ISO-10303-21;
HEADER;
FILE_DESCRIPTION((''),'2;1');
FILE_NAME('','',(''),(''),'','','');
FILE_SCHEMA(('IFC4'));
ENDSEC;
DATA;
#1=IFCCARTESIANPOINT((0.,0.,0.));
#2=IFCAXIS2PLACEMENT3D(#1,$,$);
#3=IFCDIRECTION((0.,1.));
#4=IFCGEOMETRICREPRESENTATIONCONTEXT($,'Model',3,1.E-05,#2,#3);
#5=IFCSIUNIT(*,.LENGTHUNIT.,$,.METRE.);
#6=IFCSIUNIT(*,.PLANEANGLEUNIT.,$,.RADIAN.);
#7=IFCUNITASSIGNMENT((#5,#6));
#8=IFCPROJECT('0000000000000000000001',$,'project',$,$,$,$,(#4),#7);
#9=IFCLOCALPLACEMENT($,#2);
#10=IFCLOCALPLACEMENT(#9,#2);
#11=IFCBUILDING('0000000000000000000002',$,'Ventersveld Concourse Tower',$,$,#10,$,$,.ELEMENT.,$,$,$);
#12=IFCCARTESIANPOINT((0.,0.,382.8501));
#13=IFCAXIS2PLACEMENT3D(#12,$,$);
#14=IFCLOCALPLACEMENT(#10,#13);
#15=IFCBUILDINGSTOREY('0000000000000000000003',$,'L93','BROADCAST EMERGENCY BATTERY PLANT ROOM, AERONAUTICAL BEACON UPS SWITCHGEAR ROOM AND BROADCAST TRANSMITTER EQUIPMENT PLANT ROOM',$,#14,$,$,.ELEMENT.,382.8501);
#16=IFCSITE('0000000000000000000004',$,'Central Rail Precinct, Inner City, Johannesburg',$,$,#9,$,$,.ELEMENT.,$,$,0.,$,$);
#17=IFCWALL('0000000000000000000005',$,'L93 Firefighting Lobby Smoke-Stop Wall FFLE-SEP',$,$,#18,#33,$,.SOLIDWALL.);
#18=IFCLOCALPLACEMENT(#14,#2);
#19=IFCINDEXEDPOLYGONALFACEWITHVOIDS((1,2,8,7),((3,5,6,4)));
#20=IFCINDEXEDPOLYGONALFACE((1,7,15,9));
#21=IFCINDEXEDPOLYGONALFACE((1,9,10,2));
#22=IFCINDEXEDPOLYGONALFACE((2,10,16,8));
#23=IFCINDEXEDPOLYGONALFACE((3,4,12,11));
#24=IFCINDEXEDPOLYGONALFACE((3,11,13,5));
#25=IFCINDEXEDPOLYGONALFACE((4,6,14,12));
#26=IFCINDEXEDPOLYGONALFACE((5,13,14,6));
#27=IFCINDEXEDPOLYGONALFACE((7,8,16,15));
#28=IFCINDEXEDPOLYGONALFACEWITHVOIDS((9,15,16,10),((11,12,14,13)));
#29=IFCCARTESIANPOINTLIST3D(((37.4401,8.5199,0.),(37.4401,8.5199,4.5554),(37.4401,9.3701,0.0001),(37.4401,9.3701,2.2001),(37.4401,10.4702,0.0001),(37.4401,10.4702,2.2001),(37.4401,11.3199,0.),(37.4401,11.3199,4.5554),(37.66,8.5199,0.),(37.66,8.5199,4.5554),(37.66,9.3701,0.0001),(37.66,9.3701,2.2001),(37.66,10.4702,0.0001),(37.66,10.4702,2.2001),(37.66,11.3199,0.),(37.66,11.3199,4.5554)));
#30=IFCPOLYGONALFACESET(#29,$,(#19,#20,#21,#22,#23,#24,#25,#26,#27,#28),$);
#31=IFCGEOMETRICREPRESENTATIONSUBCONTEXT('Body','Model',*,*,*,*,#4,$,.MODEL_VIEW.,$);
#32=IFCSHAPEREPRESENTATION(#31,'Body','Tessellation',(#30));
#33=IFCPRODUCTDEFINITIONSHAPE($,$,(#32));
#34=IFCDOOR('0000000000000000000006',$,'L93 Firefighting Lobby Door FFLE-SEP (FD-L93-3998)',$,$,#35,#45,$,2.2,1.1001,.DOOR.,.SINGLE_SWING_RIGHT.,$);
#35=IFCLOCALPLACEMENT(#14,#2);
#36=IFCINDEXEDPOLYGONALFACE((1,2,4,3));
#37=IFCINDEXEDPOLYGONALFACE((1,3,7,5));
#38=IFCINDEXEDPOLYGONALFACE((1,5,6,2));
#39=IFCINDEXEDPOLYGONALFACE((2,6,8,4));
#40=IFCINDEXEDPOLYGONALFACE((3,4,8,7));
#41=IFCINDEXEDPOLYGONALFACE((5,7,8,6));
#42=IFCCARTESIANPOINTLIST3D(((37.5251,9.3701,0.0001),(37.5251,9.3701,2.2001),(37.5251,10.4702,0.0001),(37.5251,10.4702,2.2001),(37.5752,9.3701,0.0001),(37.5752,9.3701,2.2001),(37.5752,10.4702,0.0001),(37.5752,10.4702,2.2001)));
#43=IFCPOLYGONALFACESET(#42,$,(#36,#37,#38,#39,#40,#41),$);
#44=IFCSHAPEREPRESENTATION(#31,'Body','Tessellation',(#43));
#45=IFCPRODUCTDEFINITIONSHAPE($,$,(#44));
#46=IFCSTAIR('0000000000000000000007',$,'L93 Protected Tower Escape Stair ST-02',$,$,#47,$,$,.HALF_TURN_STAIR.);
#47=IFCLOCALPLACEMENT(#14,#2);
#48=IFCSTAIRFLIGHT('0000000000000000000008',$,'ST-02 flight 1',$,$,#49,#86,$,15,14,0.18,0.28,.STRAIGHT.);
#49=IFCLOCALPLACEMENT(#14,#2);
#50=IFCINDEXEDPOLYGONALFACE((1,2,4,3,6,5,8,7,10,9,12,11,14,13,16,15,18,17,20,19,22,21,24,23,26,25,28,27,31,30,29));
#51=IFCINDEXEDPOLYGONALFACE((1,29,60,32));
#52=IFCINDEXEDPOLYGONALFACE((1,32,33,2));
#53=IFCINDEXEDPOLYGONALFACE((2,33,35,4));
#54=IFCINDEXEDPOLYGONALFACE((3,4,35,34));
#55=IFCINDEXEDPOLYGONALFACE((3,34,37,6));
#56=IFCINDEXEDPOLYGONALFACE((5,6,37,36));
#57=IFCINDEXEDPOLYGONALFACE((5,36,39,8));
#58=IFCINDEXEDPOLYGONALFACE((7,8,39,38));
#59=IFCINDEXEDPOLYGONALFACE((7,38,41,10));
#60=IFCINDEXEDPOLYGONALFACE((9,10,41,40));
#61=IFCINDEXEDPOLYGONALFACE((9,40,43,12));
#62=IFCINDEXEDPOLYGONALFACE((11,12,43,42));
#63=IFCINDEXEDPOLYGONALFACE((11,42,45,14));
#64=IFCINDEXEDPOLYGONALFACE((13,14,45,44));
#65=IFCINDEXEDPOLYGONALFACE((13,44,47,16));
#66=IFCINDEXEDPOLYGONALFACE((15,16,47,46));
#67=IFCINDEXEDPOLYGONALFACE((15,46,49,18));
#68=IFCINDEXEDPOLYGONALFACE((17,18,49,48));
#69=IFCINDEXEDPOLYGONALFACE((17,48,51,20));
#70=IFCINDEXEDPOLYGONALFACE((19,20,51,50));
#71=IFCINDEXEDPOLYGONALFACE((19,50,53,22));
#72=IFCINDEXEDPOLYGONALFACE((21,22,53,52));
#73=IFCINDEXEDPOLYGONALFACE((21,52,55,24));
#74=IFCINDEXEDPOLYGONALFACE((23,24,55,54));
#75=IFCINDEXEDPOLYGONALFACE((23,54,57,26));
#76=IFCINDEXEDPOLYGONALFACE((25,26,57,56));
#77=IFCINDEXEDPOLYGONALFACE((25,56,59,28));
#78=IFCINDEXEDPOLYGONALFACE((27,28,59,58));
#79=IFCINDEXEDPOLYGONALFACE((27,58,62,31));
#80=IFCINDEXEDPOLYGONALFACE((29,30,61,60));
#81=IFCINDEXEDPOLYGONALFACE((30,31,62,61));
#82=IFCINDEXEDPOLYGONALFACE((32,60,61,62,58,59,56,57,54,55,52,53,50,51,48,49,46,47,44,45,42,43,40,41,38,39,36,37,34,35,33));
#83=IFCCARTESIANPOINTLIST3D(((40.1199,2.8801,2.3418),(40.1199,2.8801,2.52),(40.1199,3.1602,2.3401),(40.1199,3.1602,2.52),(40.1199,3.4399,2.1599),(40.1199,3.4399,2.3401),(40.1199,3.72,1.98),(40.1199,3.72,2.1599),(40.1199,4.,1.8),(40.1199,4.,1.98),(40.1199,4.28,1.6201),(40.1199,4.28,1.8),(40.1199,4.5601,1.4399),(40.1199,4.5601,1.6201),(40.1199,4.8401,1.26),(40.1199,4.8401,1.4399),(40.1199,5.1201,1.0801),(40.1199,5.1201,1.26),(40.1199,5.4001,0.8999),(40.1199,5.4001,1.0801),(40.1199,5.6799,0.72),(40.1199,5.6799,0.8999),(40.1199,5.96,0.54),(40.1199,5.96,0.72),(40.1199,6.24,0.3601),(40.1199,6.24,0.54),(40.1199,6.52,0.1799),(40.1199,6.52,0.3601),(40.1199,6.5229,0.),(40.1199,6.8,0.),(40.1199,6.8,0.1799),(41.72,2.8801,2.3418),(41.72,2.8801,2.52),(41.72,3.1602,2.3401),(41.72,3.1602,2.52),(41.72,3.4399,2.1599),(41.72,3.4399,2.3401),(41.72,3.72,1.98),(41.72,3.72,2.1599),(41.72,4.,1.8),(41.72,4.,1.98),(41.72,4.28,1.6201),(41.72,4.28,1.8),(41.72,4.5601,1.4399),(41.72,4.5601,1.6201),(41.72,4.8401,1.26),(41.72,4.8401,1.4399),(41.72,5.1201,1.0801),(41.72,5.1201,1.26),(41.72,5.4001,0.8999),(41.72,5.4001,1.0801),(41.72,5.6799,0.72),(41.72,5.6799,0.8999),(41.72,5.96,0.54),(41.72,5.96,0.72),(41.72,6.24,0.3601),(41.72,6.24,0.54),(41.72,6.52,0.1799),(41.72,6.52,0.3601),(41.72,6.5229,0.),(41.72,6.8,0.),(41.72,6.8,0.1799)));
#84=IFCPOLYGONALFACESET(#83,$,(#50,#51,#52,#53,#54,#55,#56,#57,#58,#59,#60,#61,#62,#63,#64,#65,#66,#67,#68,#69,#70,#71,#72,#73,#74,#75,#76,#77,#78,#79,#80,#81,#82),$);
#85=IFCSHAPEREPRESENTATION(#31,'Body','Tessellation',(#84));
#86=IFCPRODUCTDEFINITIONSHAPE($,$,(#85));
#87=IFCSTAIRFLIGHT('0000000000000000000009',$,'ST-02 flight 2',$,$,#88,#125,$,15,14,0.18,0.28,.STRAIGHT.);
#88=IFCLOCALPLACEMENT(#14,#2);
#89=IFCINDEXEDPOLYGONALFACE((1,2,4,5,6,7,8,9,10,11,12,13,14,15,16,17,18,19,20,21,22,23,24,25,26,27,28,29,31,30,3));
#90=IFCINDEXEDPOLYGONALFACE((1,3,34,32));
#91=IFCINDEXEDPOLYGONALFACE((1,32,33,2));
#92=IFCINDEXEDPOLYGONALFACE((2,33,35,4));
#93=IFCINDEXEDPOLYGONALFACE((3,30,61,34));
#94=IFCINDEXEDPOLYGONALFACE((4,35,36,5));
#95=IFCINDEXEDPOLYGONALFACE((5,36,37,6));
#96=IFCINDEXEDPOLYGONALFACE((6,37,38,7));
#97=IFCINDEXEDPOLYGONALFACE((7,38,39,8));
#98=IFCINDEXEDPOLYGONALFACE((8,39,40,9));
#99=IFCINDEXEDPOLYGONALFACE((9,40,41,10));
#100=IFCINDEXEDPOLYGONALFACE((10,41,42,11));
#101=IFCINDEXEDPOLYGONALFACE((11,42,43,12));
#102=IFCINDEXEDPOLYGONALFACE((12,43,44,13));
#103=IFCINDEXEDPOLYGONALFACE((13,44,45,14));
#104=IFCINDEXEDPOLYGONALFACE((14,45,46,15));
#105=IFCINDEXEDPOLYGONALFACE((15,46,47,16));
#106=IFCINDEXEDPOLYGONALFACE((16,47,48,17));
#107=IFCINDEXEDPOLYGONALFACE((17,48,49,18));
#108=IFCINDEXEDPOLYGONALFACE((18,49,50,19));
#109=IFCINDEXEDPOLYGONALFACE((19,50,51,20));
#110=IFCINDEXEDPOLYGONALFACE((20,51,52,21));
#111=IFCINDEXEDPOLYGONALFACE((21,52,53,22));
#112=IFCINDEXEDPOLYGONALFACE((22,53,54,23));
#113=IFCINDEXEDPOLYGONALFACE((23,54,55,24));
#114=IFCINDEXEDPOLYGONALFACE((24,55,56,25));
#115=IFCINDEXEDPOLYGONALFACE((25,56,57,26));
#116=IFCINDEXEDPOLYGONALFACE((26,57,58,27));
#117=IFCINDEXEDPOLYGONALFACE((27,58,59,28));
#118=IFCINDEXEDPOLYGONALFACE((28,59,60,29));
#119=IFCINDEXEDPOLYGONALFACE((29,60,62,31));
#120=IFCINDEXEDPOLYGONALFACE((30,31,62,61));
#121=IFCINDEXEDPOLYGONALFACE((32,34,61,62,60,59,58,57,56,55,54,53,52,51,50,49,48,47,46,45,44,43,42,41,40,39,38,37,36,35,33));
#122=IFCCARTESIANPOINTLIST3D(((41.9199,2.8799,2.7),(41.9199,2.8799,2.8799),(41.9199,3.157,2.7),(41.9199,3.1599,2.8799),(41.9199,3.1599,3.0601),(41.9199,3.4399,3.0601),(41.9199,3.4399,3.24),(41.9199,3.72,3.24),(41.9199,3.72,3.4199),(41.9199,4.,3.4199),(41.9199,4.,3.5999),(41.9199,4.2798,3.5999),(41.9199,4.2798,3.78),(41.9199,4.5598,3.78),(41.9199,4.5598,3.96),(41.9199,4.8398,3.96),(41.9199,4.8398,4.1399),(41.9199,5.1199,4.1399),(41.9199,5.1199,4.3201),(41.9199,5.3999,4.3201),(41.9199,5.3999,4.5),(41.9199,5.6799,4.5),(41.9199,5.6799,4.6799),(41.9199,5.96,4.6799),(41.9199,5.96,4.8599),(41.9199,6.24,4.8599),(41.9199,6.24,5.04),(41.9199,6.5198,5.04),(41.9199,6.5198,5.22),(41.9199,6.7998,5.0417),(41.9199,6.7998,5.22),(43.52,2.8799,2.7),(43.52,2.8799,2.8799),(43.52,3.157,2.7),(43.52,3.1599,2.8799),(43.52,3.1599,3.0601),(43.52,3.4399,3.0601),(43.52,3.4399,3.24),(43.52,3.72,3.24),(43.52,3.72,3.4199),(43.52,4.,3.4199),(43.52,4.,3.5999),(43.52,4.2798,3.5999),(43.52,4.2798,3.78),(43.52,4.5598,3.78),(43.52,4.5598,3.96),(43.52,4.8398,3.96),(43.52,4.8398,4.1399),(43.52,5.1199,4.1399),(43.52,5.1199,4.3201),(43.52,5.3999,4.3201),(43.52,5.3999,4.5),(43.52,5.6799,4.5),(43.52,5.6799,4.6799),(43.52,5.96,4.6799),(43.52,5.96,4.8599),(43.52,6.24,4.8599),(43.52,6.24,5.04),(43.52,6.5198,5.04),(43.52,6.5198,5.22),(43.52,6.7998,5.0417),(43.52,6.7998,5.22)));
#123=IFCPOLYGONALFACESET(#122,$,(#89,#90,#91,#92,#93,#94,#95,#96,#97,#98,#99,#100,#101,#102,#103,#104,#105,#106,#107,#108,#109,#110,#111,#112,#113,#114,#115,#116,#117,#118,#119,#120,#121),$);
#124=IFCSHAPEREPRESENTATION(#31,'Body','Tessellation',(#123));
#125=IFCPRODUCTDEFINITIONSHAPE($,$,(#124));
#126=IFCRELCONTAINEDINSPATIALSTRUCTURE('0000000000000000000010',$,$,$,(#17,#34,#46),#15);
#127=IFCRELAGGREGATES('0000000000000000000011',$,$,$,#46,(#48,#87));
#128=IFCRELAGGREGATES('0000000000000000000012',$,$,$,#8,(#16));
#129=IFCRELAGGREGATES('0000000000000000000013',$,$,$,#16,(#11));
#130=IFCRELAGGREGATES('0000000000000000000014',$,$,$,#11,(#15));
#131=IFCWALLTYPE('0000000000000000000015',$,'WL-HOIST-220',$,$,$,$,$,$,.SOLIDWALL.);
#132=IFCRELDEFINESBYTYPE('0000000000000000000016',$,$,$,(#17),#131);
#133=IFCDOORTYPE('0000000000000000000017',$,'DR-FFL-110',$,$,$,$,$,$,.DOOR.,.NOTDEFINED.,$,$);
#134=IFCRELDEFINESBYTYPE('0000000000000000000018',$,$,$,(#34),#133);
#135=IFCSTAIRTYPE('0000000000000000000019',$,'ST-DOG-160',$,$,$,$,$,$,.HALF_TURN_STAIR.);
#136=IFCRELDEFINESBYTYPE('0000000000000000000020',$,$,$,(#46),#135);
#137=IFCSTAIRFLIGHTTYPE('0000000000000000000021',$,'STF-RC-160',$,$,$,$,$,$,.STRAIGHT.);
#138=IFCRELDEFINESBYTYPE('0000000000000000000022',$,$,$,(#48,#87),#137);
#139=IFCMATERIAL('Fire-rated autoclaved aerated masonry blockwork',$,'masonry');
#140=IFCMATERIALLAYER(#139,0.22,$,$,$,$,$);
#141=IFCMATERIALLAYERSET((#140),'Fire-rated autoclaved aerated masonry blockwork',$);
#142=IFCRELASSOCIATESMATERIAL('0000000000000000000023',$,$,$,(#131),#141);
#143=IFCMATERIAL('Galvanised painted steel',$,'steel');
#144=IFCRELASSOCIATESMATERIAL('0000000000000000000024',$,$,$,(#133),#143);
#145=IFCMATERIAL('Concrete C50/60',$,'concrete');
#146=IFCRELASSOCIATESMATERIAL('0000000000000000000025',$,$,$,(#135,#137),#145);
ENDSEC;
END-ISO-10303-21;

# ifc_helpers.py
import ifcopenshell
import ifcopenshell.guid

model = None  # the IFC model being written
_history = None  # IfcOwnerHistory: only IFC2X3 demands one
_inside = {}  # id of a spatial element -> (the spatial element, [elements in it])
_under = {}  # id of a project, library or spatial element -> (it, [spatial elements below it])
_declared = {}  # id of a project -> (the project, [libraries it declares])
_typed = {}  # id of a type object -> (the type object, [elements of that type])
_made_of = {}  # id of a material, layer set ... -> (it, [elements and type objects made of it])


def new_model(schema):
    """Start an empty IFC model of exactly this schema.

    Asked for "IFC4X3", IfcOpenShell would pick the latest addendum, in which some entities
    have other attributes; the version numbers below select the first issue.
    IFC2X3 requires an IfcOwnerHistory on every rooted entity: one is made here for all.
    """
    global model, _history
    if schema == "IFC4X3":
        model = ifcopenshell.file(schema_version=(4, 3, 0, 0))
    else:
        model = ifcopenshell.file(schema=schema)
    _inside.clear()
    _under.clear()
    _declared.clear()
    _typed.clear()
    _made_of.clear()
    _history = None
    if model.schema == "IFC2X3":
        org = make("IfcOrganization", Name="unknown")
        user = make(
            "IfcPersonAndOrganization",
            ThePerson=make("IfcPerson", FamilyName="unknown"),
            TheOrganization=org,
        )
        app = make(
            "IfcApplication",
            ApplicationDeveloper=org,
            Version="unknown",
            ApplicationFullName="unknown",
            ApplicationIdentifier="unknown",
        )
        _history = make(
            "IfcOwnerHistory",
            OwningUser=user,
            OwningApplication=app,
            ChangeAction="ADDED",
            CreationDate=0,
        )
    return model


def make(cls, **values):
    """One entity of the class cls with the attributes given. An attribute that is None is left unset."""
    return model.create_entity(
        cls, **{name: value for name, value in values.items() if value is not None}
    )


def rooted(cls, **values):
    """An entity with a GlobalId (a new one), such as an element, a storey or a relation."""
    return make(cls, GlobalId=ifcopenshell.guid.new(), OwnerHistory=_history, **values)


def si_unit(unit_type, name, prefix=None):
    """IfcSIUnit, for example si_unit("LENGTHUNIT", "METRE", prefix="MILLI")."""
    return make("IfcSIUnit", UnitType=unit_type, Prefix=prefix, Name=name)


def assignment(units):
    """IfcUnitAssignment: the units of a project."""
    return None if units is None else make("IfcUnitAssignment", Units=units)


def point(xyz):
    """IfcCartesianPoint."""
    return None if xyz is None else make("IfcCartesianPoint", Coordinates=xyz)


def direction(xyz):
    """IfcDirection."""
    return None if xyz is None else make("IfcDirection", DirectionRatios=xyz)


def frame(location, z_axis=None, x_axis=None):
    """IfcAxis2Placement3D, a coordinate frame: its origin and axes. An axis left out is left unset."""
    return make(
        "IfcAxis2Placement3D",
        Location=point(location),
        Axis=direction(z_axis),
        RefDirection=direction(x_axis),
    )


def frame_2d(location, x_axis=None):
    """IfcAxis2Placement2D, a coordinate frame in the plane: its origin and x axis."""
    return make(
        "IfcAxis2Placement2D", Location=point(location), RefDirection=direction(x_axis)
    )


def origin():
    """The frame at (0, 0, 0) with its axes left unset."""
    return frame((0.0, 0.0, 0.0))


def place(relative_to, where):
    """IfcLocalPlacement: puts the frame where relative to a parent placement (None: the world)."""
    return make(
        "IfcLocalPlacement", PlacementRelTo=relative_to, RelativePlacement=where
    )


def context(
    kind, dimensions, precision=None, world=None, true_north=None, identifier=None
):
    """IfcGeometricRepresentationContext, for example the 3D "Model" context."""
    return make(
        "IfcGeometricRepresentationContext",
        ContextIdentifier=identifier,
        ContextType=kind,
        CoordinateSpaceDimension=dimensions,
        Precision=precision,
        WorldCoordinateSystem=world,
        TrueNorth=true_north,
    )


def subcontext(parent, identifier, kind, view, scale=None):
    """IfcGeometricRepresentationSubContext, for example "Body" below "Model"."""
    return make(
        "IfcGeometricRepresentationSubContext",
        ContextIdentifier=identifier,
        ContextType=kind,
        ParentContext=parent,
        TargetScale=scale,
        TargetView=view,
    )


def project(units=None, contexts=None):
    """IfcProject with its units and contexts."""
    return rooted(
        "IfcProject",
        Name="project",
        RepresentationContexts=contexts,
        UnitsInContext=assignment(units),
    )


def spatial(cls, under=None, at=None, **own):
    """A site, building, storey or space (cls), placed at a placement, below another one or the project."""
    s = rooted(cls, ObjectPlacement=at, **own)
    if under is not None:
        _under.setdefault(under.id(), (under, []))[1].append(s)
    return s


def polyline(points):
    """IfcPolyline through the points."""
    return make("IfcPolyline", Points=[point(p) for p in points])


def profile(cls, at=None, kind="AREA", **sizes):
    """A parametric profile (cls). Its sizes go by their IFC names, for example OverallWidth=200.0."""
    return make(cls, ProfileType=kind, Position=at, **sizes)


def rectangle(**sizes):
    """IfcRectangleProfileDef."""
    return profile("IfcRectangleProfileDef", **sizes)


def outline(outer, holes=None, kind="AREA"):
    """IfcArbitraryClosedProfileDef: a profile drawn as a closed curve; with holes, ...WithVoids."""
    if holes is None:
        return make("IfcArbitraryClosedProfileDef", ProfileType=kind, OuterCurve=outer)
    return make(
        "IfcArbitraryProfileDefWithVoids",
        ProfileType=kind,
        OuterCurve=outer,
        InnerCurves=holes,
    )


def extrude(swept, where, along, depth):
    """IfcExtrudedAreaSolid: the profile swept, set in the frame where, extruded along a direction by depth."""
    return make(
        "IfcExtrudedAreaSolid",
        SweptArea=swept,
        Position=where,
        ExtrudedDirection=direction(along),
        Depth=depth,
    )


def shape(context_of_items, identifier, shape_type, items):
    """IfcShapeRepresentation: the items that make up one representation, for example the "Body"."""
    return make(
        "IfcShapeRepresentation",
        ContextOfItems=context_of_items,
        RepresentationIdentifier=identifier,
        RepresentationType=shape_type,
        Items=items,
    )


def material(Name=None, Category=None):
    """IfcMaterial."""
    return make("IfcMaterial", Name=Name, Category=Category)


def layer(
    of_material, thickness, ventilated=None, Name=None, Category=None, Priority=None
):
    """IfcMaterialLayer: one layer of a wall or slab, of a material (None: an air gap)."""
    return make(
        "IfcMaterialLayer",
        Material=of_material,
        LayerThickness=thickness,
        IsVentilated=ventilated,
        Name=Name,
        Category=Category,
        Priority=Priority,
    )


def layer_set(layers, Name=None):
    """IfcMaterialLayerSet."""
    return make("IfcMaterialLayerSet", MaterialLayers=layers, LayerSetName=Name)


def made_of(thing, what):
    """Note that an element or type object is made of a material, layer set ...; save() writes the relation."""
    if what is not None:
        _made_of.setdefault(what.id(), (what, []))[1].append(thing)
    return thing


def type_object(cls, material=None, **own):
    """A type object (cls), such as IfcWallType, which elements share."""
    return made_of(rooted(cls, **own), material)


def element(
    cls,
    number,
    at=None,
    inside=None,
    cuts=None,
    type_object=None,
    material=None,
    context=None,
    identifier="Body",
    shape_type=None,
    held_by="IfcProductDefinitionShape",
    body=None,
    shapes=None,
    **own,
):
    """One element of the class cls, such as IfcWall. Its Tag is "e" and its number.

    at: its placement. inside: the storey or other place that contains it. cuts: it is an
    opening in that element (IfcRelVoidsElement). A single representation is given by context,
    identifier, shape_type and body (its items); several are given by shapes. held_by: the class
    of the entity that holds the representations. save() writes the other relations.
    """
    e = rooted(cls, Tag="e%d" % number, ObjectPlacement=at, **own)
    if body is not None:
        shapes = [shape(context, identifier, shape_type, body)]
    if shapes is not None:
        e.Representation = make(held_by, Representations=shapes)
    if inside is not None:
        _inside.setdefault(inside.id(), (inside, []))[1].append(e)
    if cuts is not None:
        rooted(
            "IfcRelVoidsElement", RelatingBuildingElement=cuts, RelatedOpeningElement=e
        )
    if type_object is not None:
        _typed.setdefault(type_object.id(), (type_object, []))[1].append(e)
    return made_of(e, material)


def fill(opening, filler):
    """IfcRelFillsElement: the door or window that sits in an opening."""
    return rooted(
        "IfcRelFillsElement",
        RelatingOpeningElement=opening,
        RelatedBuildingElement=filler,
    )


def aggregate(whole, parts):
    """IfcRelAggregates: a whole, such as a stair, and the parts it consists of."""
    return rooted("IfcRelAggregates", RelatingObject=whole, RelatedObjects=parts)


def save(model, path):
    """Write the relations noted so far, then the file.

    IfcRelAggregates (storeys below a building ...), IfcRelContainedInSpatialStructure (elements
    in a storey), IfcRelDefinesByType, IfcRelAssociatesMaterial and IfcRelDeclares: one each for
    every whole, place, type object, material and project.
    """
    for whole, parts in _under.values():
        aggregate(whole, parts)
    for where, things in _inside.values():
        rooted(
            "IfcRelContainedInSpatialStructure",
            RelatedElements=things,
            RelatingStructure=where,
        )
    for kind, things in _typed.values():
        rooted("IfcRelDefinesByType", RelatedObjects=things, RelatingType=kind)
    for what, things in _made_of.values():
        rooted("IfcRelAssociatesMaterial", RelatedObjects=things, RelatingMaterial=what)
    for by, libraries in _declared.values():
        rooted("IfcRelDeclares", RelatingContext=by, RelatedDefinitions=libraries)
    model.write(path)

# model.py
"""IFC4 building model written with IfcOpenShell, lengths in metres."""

from ifc_helpers import new_model, si_unit, direction, frame, frame_2d, origin, place, context, subcontext, project, spatial, polyline, rectangle, outline, extrude, material, layer, layer_set, type_object, element, fill, aggregate, save


model = new_model("IFC4")

# Units and contexts
model_context = context("Model", 3, precision=1e-05, world=origin(), true_north=direction((0.0, 1.0)))
body_context = subcontext(model_context, "Body", "Model", "MODEL_VIEW")
ifc_project = project(units=[si_unit("LENGTHUNIT", "METRE"), si_unit("PLANEANGLEUNIT", "RADIAN")], contexts=[model_context])

# Site, building, storey
site_placement = place(None, origin())
site = spatial("IfcSite", under=ifc_project, at=site_placement, Name="Central Rail Precinct, Inner City, Johannesburg", CompositionType="ELEMENT", RefElevation=0.0)
building_placement = place(site_placement, origin())
building = spatial("IfcBuilding", under=site, at=building_placement, Name="Ventersveld Concourse Tower", CompositionType="ELEMENT")
storey_placement = place(building_placement, frame((0.0, 0.0, 382.8501)))
storey = spatial("IfcBuildingStorey", under=building, at=storey_placement, Name="L93", Description="BROADCAST EMERGENCY BATTERY PLANT ROOM, AERONAUTICAL BEACON UPS SWITCHGEAR ROOM AND BROADCAST TRANSMITTER EQUIPMENT PLANT ROOM", CompositionType="ELEMENT", Elevation=382.8501)

# Shared definitions
ifc_material_1 = material(Name="Concrete C50/60", Category="concrete")
ifc_material_2 = material(Name="Fire-rated autoclaved aerated masonry blockwork", Category="masonry")
ifc_layer_1 = layer(ifc_material_2, 0.22)
ifc_layer_set_1 = layer_set([ifc_layer_1], Name="Fire-rated autoclaved aerated masonry blockwork")
wall_type_1 = type_object("IfcWallType", Name="WL-HOIST-220", PredefinedType="SOLIDWALL", material=ifc_layer_set_1)

# Wall, opening, door
ifc_material_3 = material(Name="Galvanised painted steel", Category="steel")
wall_1_placement = place(storey_placement, frame((37.55, 8.52, 0.0), z_axis=(0.0, 0.0, 1.0), x_axis=(0.0, 1.0, 0.0)))
wall_1 = element("IfcWall", 1, at=wall_1_placement, inside=storey, type_object=wall_type_1, Name="L93 Firefighting Lobby Smoke-Stop Wall FFLE-SEP", PredefinedType="SOLIDWALL", context=body_context, shape_type="SweptSolid", body=[
    extrude(rectangle(XDim=2.8, YDim=0.22, at=frame_2d((1.3999, 0.0))), origin(), (0.0, 0.0, 1.0), 4.5554),
])
opening_1_placement = place(wall_1_placement, frame((0.8501, 0.0, 0.0)))
opening_1 = element("IfcOpeningElement", 2, at=opening_1_placement, cuts=wall_1, PredefinedType="OPENING", context=body_context, shape_type="SweptSolid", body=[
    extrude(rectangle(XDim=1.1001, YDim=2.2, at=frame_2d((0.55, 1.1001))), frame((0.0, 0.1201, 0.0), z_axis=(0.0, -1.0, 0.0), x_axis=(1.0, 0.0, 0.0)), (0.0, 0.0, 1.0), 0.24),
])
door_type_1 = type_object("IfcDoorType", Name="DR-FFL-110", OperationType="NOTDEFINED", PredefinedType="DOOR", material=ifc_material_3)
door_1_placement = place(opening_1_placement, origin())
door_1 = element("IfcDoor", 3, at=door_1_placement, inside=storey, type_object=door_type_1, Name="L93 Firefighting Lobby Door FFLE-SEP (FD-L93-3998)", OperationType="SINGLE_SWING_RIGHT", OverallHeight=2.2, OverallWidth=1.1001, PredefinedType="DOOR", context=body_context, shape_type="SweptSolid", body=[
    extrude(rectangle(XDim=1.1001, YDim=2.2, at=frame_2d((0.55, 1.1001))), frame((0.0, 0.0249, 0.0), z_axis=(0.0, -1.0, 0.0), x_axis=(1.0, 0.0, 0.0)), (0.0, 0.0, 1.0), 0.05),
])
fill(opening_1, door_1)

# Stair, stair flights
stair_type = type_object("IfcStairType", Name="ST-DOG-160", PredefinedType="HALF_TURN_STAIR", material=ifc_material_1)
stair_placement = place(storey_placement, origin())
stair = element("IfcStair", 4, at=stair_placement, inside=storey, type_object=stair_type, Name="L93 Protected Tower Escape Stair ST-02", PredefinedType="HALF_TURN_STAIR")
stair_flight_type = type_object("IfcStairFlightType", Name="STF-RC-160", PredefinedType="STRAIGHT", material=ifc_material_1)
stair_flight_1_placement = place(storey_placement, frame((40.9199, 6.8, 0.0), z_axis=(0.0, 0.0, 1.0), x_axis=(0.0, -1.0, 0.0)))
stair_flight_1 = element("IfcStairFlight", 5, at=stair_flight_1_placement, type_object=stair_flight_type, Name="ST-02 flight 1", NumberOfRisers=15, NumberOfTreads=14, PredefinedType="STRAIGHT", RiserHeight=0.18, TreadLength=0.28, context=body_context, shape_type="SweptSolid", body=[
    extrude(outline(polyline([(0.0, 0.0), (0.0, 0.1799), (0.28, 0.1799), (0.28, 0.3601), (0.5601, 0.3601), (0.5601, 0.54), (0.8401, 0.54), (0.8401, 0.72), (1.1201, 0.72), (1.1201, 0.8999), (1.3999, 0.8999), (1.3999, 1.0801), (1.6799, 1.0801), (1.6799, 1.26), (1.96, 1.26), (1.96, 1.4399), (2.24, 1.4399), (2.24, 1.6201), (2.52, 1.6201), (2.52, 1.8), (2.8, 1.8), (2.8, 1.98), (3.0801, 1.98), (3.0801, 2.1599), (3.3601, 2.1599), (3.3601, 2.3401), (3.6399, 2.3401), (3.6399, 2.52), (3.9199, 2.52), (3.9199, 2.7), (3.9199, 2.3418), (0.2771, 0.0), (0.0, 0.0)])), frame((0.0, 0.8, 0.0), z_axis=(0.0, -1.0, 0.0), x_axis=(1.0, 0.0, 0.0)), (0.0, 0.0, 1.0), 1.6001),
])
stair_flight_2_placement = place(storey_placement, frame((42.72, 2.8799, 2.7), z_axis=(0.0, 0.0, 1.0), x_axis=(0.0, 1.0, 0.0)))
stair_flight_2 = element("IfcStairFlight", 6, at=stair_flight_2_placement, type_object=stair_flight_type, Name="ST-02 flight 2", NumberOfRisers=15, NumberOfTreads=14, PredefinedType="STRAIGHT", RiserHeight=0.18, TreadLength=0.28, context=body_context, shape_type="SweptSolid", body=[
    extrude(outline(polyline([(0.0, 0.0), (0.0, 0.1799), (0.28, 0.1799), (0.28, 0.3601), (0.5601, 0.3601), (0.5601, 0.54), (0.8401, 0.54), (0.8401, 0.72), (1.1201, 0.72), (1.1201, 0.8999), (1.3999, 0.8999), (1.3999, 1.0801), (1.6799, 1.0801), (1.6799, 1.26), (1.96, 1.26), (1.96, 1.4399), (2.24, 1.4399), (2.24, 1.6201), (2.52, 1.6201), (2.52, 1.8), (2.8, 1.8), (2.8, 1.98), (3.0801, 1.98), (3.0801, 2.1599), (3.3601, 2.1599), (3.3601, 2.3401), (3.6399, 2.3401), (3.6399, 2.52), (3.9199, 2.52), (3.9199, 2.7), (3.9199, 2.3418), (0.2771, 0.0), (0.0, 0.0)])), frame((0.0, 0.8, 0.0), z_axis=(0.0, -1.0, 0.0), x_axis=(1.0, 0.0, 0.0)), (0.0, 0.0, 1.0), 1.6001),
])
aggregate(stair, [stair_flight_1, stair_flight_2])

save(model, "model.ifc")
